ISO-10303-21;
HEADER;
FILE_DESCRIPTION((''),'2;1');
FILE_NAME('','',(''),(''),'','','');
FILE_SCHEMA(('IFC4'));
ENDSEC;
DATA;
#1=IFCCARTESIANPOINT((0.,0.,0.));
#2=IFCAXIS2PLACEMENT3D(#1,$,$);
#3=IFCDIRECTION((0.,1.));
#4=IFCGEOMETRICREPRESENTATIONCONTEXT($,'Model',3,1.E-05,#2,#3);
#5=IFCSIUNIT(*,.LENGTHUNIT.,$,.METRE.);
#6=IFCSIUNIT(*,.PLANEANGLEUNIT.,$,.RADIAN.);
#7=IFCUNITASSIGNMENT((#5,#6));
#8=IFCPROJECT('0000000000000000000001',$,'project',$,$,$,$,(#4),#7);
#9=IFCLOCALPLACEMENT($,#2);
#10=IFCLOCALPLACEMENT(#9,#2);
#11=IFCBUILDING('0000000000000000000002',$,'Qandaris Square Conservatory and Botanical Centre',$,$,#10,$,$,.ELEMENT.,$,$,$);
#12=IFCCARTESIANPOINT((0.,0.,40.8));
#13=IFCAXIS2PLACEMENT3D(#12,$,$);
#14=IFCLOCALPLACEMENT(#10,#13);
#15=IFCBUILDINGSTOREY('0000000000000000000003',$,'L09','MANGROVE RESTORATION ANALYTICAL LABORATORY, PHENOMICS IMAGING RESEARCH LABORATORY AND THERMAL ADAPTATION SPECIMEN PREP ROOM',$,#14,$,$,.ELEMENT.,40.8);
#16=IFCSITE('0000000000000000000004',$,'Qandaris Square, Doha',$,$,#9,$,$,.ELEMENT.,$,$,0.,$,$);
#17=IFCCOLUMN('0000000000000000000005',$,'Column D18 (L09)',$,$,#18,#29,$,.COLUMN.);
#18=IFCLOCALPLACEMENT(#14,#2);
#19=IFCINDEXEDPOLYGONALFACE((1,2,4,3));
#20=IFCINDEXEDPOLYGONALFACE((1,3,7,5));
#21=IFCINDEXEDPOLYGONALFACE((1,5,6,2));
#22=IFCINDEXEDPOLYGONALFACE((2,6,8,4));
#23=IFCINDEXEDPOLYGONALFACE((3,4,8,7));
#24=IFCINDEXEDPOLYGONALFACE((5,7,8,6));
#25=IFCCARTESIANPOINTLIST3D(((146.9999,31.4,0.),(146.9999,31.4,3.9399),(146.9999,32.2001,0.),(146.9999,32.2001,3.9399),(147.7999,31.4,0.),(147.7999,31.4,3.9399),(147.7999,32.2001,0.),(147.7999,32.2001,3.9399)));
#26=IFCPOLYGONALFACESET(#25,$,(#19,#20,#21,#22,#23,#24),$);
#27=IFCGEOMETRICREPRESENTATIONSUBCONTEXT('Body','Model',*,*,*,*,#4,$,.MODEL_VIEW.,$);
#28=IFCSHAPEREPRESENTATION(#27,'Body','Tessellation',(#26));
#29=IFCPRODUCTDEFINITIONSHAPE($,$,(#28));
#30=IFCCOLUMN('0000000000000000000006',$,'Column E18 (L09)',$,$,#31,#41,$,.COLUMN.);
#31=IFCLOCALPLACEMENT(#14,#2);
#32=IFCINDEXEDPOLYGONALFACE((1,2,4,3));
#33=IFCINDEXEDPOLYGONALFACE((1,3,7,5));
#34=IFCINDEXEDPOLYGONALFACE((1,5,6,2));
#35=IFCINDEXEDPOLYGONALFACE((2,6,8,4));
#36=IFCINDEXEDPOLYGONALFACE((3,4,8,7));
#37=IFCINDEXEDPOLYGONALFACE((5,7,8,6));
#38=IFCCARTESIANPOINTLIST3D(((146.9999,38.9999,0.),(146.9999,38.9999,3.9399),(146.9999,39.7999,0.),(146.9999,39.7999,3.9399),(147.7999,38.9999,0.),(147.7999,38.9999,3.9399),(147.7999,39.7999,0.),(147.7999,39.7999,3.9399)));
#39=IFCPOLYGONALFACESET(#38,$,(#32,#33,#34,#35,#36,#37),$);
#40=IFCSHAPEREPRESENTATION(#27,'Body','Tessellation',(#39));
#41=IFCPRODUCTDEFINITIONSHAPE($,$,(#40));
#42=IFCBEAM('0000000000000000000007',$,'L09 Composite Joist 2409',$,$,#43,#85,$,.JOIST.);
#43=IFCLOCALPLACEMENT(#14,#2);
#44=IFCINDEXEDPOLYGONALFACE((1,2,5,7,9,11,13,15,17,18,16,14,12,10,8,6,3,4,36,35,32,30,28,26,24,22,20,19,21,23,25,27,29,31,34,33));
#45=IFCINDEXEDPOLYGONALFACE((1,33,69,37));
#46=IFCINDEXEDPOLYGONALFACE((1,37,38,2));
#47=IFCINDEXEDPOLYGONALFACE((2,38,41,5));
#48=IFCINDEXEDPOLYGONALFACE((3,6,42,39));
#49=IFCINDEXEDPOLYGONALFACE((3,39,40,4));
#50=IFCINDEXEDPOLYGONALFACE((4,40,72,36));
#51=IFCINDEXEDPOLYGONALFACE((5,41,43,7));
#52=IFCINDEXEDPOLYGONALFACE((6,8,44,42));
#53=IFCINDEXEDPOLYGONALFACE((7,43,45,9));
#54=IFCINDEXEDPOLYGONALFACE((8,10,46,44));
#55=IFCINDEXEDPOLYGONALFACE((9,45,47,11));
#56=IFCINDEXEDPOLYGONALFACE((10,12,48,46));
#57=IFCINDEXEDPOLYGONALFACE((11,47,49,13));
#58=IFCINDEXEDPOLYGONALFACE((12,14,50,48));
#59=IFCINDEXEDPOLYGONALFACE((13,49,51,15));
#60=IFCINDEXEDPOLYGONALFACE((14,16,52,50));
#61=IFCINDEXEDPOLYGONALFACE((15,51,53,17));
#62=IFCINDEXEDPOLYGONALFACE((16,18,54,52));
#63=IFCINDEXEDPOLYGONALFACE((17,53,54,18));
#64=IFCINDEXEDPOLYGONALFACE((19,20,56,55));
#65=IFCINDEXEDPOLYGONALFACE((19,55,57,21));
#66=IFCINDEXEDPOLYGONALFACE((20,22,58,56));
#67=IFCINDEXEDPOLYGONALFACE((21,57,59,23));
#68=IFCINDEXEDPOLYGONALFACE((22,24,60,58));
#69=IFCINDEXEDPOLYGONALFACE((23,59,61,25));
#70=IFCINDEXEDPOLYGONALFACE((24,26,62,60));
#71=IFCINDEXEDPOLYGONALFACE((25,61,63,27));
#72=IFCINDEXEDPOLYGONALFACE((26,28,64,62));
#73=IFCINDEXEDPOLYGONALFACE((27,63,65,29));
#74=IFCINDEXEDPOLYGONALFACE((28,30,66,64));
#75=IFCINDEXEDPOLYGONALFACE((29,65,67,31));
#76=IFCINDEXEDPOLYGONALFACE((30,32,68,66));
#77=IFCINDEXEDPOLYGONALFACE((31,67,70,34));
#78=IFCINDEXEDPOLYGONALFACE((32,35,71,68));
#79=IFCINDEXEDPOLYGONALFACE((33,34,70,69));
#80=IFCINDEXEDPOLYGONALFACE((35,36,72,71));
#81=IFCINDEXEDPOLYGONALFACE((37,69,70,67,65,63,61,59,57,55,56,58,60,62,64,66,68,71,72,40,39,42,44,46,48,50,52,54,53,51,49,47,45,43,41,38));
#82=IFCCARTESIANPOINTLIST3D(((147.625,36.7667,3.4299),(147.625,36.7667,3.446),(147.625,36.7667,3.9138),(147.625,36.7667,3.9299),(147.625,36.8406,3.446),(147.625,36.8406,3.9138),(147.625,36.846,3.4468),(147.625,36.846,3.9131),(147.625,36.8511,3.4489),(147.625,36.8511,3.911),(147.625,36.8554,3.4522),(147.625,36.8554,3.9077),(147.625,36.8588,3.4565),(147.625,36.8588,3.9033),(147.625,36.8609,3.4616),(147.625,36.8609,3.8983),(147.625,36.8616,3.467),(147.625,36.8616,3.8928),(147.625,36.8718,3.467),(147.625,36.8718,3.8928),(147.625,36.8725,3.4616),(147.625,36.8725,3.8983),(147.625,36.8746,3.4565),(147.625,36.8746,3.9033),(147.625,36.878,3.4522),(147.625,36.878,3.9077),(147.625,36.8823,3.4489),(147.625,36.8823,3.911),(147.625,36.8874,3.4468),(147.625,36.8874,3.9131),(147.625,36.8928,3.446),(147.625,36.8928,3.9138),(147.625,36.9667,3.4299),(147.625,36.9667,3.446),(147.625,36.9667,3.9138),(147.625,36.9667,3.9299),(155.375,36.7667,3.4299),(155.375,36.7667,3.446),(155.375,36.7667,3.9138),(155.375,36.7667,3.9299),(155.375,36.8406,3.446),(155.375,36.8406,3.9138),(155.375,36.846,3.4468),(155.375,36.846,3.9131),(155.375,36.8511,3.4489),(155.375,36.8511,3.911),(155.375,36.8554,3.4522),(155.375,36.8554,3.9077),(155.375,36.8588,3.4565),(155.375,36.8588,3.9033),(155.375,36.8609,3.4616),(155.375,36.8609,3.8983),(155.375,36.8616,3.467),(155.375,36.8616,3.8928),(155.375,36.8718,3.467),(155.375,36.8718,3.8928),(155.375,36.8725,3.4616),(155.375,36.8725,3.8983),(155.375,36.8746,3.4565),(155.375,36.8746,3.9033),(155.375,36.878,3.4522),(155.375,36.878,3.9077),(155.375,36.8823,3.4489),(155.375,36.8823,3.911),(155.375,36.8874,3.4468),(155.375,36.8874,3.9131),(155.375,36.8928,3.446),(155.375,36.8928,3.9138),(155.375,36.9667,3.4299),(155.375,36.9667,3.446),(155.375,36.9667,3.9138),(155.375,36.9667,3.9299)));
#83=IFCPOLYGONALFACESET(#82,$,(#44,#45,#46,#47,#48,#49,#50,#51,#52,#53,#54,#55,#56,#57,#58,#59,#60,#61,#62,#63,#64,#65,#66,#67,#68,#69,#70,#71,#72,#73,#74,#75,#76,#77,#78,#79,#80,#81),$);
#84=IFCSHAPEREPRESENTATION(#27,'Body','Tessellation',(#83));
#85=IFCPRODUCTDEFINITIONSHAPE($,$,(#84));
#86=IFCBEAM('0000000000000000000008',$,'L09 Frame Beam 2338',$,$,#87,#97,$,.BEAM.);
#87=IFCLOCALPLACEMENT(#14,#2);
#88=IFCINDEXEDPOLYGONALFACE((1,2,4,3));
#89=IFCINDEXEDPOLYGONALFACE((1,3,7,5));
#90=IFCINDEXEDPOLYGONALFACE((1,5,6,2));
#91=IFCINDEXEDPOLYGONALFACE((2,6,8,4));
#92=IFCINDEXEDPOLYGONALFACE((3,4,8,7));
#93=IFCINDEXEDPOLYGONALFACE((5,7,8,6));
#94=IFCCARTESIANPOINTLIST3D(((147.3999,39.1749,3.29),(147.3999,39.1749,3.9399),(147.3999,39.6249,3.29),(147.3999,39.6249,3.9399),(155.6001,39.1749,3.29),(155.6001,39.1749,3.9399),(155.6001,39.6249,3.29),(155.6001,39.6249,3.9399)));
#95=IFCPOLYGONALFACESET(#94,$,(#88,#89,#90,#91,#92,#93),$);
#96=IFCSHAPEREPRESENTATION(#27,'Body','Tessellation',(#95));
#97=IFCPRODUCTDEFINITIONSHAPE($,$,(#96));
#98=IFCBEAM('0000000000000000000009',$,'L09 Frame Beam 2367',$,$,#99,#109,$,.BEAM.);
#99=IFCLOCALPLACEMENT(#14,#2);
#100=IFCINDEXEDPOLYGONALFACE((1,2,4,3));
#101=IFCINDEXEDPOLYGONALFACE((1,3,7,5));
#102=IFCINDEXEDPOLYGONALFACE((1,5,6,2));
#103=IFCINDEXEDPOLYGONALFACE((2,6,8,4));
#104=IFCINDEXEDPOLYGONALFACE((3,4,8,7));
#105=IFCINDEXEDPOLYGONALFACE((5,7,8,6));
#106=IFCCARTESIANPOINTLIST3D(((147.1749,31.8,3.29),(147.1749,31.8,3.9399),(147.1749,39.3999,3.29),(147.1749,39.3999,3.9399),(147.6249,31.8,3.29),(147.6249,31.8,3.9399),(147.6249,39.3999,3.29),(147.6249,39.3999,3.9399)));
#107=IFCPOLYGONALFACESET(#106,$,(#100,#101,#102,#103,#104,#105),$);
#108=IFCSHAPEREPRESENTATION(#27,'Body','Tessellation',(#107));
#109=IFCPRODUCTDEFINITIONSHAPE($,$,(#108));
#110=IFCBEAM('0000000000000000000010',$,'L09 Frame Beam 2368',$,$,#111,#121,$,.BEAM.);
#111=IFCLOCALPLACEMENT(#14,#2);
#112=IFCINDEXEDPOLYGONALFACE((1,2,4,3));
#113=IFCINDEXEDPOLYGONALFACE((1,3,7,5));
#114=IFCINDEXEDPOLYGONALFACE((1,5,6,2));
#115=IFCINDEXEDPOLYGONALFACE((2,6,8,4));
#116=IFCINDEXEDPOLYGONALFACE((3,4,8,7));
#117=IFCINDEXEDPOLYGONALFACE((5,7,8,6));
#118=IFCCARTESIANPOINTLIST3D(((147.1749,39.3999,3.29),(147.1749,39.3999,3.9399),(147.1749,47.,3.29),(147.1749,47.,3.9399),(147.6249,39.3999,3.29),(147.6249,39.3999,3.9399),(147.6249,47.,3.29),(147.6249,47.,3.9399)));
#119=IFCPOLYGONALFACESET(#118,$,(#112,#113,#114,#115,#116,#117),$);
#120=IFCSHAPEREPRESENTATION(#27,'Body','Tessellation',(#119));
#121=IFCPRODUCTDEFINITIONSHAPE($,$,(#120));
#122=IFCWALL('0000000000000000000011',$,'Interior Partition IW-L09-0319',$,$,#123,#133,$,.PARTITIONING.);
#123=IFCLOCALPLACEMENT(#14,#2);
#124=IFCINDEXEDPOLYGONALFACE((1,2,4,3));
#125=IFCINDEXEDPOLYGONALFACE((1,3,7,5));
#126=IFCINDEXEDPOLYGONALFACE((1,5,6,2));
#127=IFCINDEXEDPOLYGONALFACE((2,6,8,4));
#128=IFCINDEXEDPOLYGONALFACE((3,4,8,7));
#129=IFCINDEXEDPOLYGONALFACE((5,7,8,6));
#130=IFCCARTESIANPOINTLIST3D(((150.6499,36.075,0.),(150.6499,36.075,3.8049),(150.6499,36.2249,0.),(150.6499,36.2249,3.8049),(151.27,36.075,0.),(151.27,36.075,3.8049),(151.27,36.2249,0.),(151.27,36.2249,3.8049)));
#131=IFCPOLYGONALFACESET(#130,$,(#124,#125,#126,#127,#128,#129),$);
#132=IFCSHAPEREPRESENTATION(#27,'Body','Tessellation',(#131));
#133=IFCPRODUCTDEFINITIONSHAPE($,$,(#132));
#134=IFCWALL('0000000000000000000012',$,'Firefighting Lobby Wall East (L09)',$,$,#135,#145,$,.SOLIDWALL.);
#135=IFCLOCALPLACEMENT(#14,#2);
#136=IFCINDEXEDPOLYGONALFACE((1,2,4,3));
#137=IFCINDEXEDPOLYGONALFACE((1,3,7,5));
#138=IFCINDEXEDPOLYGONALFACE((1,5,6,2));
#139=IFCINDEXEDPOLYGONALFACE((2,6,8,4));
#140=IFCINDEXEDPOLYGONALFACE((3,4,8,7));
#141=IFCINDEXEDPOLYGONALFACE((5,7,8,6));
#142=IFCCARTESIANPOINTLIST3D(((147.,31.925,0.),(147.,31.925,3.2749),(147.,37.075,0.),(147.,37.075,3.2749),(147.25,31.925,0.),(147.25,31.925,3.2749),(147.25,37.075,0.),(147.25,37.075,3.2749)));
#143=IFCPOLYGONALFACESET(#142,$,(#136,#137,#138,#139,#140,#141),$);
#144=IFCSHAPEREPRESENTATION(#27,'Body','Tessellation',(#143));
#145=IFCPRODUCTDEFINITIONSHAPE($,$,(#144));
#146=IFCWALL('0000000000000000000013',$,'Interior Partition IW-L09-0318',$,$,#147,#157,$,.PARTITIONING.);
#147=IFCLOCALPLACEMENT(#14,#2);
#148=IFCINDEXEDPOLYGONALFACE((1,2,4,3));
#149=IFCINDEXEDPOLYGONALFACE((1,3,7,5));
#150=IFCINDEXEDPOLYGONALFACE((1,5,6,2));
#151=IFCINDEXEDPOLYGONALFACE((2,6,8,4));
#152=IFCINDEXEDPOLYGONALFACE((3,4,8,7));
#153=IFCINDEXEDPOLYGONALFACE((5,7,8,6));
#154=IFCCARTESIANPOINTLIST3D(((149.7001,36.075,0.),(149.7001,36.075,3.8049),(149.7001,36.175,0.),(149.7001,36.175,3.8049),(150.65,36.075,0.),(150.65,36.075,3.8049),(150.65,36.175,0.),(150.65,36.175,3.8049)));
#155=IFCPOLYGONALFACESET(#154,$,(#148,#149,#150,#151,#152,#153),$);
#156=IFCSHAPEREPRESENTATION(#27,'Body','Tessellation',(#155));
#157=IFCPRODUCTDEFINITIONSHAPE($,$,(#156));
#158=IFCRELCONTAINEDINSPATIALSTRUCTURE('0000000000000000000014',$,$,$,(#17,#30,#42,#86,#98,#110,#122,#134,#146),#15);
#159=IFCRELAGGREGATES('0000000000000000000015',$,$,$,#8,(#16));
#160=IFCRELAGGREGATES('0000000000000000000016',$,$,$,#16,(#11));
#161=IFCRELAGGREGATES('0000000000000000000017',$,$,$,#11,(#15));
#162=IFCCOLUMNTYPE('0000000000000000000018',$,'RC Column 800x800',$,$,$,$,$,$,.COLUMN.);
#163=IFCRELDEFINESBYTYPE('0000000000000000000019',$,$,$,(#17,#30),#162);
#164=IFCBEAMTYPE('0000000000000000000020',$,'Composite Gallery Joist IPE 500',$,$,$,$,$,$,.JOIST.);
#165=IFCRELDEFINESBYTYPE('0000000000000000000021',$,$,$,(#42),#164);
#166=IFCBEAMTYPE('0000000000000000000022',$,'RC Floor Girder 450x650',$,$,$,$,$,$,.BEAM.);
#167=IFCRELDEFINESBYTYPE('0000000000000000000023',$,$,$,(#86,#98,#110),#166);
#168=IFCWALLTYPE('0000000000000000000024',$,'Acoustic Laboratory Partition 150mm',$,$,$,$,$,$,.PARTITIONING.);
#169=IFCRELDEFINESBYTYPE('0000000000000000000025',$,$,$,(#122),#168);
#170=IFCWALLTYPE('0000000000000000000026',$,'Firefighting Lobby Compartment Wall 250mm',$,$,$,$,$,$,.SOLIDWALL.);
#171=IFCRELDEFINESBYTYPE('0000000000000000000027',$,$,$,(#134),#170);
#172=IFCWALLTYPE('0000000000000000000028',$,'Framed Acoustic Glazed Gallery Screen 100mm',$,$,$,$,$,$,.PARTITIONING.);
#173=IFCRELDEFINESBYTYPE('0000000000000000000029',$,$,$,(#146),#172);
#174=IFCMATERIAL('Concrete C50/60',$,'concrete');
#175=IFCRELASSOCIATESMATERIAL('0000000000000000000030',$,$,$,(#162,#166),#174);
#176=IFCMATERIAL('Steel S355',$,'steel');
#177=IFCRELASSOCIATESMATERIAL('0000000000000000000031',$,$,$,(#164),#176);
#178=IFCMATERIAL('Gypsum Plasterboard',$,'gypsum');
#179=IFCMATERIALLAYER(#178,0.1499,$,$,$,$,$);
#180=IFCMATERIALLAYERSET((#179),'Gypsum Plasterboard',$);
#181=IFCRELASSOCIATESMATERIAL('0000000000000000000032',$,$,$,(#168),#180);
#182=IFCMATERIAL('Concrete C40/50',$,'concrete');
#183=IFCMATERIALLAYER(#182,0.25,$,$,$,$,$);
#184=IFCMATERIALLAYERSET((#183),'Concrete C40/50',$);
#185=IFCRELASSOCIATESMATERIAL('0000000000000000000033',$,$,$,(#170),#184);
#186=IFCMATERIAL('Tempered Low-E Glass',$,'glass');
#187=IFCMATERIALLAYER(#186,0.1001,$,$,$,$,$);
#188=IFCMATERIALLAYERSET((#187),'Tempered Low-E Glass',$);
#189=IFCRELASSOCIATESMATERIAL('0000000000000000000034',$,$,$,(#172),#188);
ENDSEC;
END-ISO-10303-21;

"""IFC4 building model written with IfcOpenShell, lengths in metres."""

from ifc_helpers import new_model, si_unit, direction, frame, frame_2d, origin, origin_2d, place, context, subcontext, project, spatial, rectangle, i_section, extrude, material, layer, layer_set, material_profile, profile_set, type_object, element, save


model = new_model("IFC4")

# Units and contexts
model_context = context("Model", 3, precision=1e-05, world=origin(), true_north=direction((0.0, 1.0)))
body_context = subcontext(model_context, "Body", "Model", "MODEL_VIEW")
ifc_project = project(units=[si_unit("LENGTHUNIT", "METRE"), si_unit("PLANEANGLEUNIT", "RADIAN")], contexts=[model_context])

# Site, building, storey
site_placement = place(None, origin())
site = spatial("IfcSite", under=ifc_project, at=site_placement, Name="Qandaris Square, Doha", CompositionType="ELEMENT", RefElevation=0.0)
building_placement = place(site_placement, origin())
building = spatial("IfcBuilding", under=site, at=building_placement, Name="Qandaris Square Conservatory and Botanical Centre", CompositionType="ELEMENT")
storey_placement = place(building_placement, frame((0.0, 0.0, 40.8)))
storey = spatial("IfcBuildingStorey", under=building, at=storey_placement, Name="L09", Description="MANGROVE RESTORATION ANALYTICAL LABORATORY, PHENOMICS IMAGING RESEARCH LABORATORY AND THERMAL ADAPTATION SPECIMEN PREP ROOM", CompositionType="ELEMENT", Elevation=40.8)

# Columns
ifc_material_1 = material(Name="Concrete C50/60", Category="concrete")
ifc_material_profile_1 = material_profile(ifc_material_1, rectangle(XDim=0.8, YDim=0.8, at=origin_2d()), Name="RC-COL 800x800")
ifc_profile_set_1 = profile_set([ifc_material_profile_1], Name="Concrete C50/60")
column_type = type_object("IfcColumnType", Name="RC Column 800x800", PredefinedType="COLUMN", material=ifc_profile_set_1)
for number, where, z_axis, x_axis, name in (
    (1, (147.3999, 31.8, 0.0), (0.0, 0.0, 1.0), (1.0, 0.0, 0.0), "Column D18 (L09)"),
    (2, (147.3999, 39.3999, 0.0), (0.0, 0.0, 1.0), (1.0, 0.0, 0.0), "Column E18 (L09)"),
):
    element("IfcColumn", number, at=place(storey_placement, frame(where, z_axis=z_axis, x_axis=x_axis)), inside=storey, type_object=column_type, Name=name, PredefinedType="COLUMN", context=body_context, shape_type="SweptSolid", body=[
        extrude(rectangle(XDim=0.8, YDim=0.8, at=origin_2d()), origin(), (0.0, 0.0, 1.0), 3.9399),
    ])

# Beams
ifc_material_2 = material(Name="Steel S355", Category="steel")
ifc_material_profile_2 = material_profile(ifc_material_2, i_section(OverallWidth=0.2, OverallDepth=0.5, WebThickness=0.0103, FlangeThickness=0.0161, FilletRadius=0.021, at=origin_2d()), Name="IPE 500")
ifc_profile_set_2 = profile_set([ifc_material_profile_2], Name="Steel S355")
beam_type_1 = type_object("IfcBeamType", Name="Composite Gallery Joist IPE 500", PredefinedType="JOIST", material=ifc_profile_set_2)
beam_1_placement = place(storey_placement, frame((147.625, 36.8667, 3.6799), z_axis=(1.0, 0.0, 0.0), x_axis=(0.0, 1.0, 0.0)))
element("IfcBeam", 3, at=beam_1_placement, inside=storey, type_object=beam_type_1, Name="L09 Composite Joist 2409", PredefinedType="JOIST", context=body_context, shape_type="SweptSolid", body=[
    extrude(i_section(OverallWidth=0.2, OverallDepth=0.5, WebThickness=0.0103, FlangeThickness=0.0161, FilletRadius=0.021, at=origin_2d()), origin(), (0.0, 0.0, 1.0), 7.75),
])
ifc_material_profile_3 = material_profile(ifc_material_1, rectangle(XDim=0.45, YDim=0.6499, at=origin_2d()), Name="RC-BM 450x650")
ifc_profile_set_3 = profile_set([ifc_material_profile_3], Name="Concrete C50/60")
beam_type_2 = type_object("IfcBeamType", Name="RC Floor Girder 450x650", PredefinedType="BEAM", material=ifc_profile_set_3)
beam_2_placement = place(storey_placement, frame((147.3999, 39.3999, 3.615), z_axis=(1.0, 0.0, 0.0), x_axis=(0.0, 1.0, 0.0)))
element("IfcBeam", 4, at=beam_2_placement, inside=storey, type_object=beam_type_2, Name="L09 Frame Beam 2338", PredefinedType="BEAM", context=body_context, shape_type="SweptSolid", body=[
    extrude(rectangle(XDim=0.45, YDim=0.6499, at=origin_2d()), origin(), (0.0, 0.0, 1.0), 8.2002),
])
beam_3_placement = place(storey_placement, frame((147.3999, 31.8, 3.615), z_axis=(0.0, 1.0, 0.0), x_axis=(-1.0, 0.0, 0.0)))
element("IfcBeam", 5, at=beam_3_placement, inside=storey, type_object=beam_type_2, Name="L09 Frame Beam 2367", PredefinedType="BEAM", context=body_context, shape_type="SweptSolid", body=[
    extrude(rectangle(XDim=0.45, YDim=0.6499, at=origin_2d()), origin(), (0.0, 0.0, 1.0), 7.5999),
])
beam_4_placement = place(storey_placement, frame((147.3999, 39.3999, 3.615), z_axis=(0.0, 1.0, 0.0), x_axis=(-1.0, 0.0, 0.0)))
element("IfcBeam", 6, at=beam_4_placement, inside=storey, type_object=beam_type_2, Name="L09 Frame Beam 2368", PredefinedType="BEAM", context=body_context, shape_type="SweptSolid", body=[
    extrude(rectangle(XDim=0.45, YDim=0.6499, at=origin_2d()), origin(), (0.0, 0.0, 1.0), 7.6001),
])

# Walls
ifc_material_3 = material(Name="Gypsum Plasterboard", Category="gypsum")
ifc_layer_1 = layer(ifc_material_3, 0.1499)
ifc_layer_set_1 = layer_set([ifc_layer_1], Name="Gypsum Plasterboard")
wall_type_1 = type_object("IfcWallType", Name="Acoustic Laboratory Partition 150mm", PredefinedType="PARTITIONING", material=ifc_layer_set_1)
wall_1_placement = place(storey_placement, frame((150.6499, 36.1499, 0.0), z_axis=(0.0, 0.0, 1.0), x_axis=(1.0, 0.0, 0.0)))
element("IfcWall", 7, at=wall_1_placement, inside=storey, type_object=wall_type_1, Name="Interior Partition IW-L09-0319", PredefinedType="PARTITIONING", context=body_context, shape_type="SweptSolid", body=[
    extrude(rectangle(XDim=0.6201, YDim=0.1499, at=frame_2d((0.3101, 0.0))), origin(), (0.0, 0.0, 1.0), 3.8049),
])
ifc_material_4 = material(Name="Concrete C40/50", Category="concrete")
ifc_layer_2 = layer(ifc_material_4, 0.25)
ifc_layer_set_2 = layer_set([ifc_layer_2], Name="Concrete C40/50")
wall_type_2 = type_object("IfcWallType", Name="Firefighting Lobby Compartment Wall 250mm", PredefinedType="SOLIDWALL", material=ifc_layer_set_2)
wall_2_placement = place(storey_placement, frame((147.125, 31.925, 0.0), z_axis=(0.0, 0.0, 1.0), x_axis=(0.0, 1.0, 0.0)))
element("IfcWall", 8, at=wall_2_placement, inside=storey, type_object=wall_type_2, Name="Firefighting Lobby Wall East (L09)", PredefinedType="SOLIDWALL", context=body_context, shape_type="SweptSolid", body=[
    extrude(rectangle(XDim=5.1499, YDim=0.25, at=frame_2d((2.575, 0.0))), origin(), (0.0, 0.0, 1.0), 3.2749),
])
ifc_material_5 = material(Name="Tempered Low-E Glass", Category="glass")
ifc_layer_3 = layer(ifc_material_5, 0.1001)
ifc_layer_set_3 = layer_set([ifc_layer_3], Name="Tempered Low-E Glass")
wall_type_3 = type_object("IfcWallType", Name="Framed Acoustic Glazed Gallery Screen 100mm", PredefinedType="PARTITIONING", material=ifc_layer_set_3)
wall_3_placement = place(storey_placement, frame((149.7, 36.125, 0.0), z_axis=(0.0, 0.0, 1.0), x_axis=(1.0, 0.0, 0.0)))
element("IfcWall", 9, at=wall_3_placement, inside=storey, type_object=wall_type_3, Name="Interior Partition IW-L09-0318", PredefinedType="PARTITIONING", context=body_context, shape_type="SweptSolid", body=[
    extrude(rectangle(XDim=0.95, YDim=0.1001, at=frame_2d((0.4751, 0.0))), origin(), (0.0, 0.0, 1.0), 3.8049),
])

save(model, "model.ifc")
